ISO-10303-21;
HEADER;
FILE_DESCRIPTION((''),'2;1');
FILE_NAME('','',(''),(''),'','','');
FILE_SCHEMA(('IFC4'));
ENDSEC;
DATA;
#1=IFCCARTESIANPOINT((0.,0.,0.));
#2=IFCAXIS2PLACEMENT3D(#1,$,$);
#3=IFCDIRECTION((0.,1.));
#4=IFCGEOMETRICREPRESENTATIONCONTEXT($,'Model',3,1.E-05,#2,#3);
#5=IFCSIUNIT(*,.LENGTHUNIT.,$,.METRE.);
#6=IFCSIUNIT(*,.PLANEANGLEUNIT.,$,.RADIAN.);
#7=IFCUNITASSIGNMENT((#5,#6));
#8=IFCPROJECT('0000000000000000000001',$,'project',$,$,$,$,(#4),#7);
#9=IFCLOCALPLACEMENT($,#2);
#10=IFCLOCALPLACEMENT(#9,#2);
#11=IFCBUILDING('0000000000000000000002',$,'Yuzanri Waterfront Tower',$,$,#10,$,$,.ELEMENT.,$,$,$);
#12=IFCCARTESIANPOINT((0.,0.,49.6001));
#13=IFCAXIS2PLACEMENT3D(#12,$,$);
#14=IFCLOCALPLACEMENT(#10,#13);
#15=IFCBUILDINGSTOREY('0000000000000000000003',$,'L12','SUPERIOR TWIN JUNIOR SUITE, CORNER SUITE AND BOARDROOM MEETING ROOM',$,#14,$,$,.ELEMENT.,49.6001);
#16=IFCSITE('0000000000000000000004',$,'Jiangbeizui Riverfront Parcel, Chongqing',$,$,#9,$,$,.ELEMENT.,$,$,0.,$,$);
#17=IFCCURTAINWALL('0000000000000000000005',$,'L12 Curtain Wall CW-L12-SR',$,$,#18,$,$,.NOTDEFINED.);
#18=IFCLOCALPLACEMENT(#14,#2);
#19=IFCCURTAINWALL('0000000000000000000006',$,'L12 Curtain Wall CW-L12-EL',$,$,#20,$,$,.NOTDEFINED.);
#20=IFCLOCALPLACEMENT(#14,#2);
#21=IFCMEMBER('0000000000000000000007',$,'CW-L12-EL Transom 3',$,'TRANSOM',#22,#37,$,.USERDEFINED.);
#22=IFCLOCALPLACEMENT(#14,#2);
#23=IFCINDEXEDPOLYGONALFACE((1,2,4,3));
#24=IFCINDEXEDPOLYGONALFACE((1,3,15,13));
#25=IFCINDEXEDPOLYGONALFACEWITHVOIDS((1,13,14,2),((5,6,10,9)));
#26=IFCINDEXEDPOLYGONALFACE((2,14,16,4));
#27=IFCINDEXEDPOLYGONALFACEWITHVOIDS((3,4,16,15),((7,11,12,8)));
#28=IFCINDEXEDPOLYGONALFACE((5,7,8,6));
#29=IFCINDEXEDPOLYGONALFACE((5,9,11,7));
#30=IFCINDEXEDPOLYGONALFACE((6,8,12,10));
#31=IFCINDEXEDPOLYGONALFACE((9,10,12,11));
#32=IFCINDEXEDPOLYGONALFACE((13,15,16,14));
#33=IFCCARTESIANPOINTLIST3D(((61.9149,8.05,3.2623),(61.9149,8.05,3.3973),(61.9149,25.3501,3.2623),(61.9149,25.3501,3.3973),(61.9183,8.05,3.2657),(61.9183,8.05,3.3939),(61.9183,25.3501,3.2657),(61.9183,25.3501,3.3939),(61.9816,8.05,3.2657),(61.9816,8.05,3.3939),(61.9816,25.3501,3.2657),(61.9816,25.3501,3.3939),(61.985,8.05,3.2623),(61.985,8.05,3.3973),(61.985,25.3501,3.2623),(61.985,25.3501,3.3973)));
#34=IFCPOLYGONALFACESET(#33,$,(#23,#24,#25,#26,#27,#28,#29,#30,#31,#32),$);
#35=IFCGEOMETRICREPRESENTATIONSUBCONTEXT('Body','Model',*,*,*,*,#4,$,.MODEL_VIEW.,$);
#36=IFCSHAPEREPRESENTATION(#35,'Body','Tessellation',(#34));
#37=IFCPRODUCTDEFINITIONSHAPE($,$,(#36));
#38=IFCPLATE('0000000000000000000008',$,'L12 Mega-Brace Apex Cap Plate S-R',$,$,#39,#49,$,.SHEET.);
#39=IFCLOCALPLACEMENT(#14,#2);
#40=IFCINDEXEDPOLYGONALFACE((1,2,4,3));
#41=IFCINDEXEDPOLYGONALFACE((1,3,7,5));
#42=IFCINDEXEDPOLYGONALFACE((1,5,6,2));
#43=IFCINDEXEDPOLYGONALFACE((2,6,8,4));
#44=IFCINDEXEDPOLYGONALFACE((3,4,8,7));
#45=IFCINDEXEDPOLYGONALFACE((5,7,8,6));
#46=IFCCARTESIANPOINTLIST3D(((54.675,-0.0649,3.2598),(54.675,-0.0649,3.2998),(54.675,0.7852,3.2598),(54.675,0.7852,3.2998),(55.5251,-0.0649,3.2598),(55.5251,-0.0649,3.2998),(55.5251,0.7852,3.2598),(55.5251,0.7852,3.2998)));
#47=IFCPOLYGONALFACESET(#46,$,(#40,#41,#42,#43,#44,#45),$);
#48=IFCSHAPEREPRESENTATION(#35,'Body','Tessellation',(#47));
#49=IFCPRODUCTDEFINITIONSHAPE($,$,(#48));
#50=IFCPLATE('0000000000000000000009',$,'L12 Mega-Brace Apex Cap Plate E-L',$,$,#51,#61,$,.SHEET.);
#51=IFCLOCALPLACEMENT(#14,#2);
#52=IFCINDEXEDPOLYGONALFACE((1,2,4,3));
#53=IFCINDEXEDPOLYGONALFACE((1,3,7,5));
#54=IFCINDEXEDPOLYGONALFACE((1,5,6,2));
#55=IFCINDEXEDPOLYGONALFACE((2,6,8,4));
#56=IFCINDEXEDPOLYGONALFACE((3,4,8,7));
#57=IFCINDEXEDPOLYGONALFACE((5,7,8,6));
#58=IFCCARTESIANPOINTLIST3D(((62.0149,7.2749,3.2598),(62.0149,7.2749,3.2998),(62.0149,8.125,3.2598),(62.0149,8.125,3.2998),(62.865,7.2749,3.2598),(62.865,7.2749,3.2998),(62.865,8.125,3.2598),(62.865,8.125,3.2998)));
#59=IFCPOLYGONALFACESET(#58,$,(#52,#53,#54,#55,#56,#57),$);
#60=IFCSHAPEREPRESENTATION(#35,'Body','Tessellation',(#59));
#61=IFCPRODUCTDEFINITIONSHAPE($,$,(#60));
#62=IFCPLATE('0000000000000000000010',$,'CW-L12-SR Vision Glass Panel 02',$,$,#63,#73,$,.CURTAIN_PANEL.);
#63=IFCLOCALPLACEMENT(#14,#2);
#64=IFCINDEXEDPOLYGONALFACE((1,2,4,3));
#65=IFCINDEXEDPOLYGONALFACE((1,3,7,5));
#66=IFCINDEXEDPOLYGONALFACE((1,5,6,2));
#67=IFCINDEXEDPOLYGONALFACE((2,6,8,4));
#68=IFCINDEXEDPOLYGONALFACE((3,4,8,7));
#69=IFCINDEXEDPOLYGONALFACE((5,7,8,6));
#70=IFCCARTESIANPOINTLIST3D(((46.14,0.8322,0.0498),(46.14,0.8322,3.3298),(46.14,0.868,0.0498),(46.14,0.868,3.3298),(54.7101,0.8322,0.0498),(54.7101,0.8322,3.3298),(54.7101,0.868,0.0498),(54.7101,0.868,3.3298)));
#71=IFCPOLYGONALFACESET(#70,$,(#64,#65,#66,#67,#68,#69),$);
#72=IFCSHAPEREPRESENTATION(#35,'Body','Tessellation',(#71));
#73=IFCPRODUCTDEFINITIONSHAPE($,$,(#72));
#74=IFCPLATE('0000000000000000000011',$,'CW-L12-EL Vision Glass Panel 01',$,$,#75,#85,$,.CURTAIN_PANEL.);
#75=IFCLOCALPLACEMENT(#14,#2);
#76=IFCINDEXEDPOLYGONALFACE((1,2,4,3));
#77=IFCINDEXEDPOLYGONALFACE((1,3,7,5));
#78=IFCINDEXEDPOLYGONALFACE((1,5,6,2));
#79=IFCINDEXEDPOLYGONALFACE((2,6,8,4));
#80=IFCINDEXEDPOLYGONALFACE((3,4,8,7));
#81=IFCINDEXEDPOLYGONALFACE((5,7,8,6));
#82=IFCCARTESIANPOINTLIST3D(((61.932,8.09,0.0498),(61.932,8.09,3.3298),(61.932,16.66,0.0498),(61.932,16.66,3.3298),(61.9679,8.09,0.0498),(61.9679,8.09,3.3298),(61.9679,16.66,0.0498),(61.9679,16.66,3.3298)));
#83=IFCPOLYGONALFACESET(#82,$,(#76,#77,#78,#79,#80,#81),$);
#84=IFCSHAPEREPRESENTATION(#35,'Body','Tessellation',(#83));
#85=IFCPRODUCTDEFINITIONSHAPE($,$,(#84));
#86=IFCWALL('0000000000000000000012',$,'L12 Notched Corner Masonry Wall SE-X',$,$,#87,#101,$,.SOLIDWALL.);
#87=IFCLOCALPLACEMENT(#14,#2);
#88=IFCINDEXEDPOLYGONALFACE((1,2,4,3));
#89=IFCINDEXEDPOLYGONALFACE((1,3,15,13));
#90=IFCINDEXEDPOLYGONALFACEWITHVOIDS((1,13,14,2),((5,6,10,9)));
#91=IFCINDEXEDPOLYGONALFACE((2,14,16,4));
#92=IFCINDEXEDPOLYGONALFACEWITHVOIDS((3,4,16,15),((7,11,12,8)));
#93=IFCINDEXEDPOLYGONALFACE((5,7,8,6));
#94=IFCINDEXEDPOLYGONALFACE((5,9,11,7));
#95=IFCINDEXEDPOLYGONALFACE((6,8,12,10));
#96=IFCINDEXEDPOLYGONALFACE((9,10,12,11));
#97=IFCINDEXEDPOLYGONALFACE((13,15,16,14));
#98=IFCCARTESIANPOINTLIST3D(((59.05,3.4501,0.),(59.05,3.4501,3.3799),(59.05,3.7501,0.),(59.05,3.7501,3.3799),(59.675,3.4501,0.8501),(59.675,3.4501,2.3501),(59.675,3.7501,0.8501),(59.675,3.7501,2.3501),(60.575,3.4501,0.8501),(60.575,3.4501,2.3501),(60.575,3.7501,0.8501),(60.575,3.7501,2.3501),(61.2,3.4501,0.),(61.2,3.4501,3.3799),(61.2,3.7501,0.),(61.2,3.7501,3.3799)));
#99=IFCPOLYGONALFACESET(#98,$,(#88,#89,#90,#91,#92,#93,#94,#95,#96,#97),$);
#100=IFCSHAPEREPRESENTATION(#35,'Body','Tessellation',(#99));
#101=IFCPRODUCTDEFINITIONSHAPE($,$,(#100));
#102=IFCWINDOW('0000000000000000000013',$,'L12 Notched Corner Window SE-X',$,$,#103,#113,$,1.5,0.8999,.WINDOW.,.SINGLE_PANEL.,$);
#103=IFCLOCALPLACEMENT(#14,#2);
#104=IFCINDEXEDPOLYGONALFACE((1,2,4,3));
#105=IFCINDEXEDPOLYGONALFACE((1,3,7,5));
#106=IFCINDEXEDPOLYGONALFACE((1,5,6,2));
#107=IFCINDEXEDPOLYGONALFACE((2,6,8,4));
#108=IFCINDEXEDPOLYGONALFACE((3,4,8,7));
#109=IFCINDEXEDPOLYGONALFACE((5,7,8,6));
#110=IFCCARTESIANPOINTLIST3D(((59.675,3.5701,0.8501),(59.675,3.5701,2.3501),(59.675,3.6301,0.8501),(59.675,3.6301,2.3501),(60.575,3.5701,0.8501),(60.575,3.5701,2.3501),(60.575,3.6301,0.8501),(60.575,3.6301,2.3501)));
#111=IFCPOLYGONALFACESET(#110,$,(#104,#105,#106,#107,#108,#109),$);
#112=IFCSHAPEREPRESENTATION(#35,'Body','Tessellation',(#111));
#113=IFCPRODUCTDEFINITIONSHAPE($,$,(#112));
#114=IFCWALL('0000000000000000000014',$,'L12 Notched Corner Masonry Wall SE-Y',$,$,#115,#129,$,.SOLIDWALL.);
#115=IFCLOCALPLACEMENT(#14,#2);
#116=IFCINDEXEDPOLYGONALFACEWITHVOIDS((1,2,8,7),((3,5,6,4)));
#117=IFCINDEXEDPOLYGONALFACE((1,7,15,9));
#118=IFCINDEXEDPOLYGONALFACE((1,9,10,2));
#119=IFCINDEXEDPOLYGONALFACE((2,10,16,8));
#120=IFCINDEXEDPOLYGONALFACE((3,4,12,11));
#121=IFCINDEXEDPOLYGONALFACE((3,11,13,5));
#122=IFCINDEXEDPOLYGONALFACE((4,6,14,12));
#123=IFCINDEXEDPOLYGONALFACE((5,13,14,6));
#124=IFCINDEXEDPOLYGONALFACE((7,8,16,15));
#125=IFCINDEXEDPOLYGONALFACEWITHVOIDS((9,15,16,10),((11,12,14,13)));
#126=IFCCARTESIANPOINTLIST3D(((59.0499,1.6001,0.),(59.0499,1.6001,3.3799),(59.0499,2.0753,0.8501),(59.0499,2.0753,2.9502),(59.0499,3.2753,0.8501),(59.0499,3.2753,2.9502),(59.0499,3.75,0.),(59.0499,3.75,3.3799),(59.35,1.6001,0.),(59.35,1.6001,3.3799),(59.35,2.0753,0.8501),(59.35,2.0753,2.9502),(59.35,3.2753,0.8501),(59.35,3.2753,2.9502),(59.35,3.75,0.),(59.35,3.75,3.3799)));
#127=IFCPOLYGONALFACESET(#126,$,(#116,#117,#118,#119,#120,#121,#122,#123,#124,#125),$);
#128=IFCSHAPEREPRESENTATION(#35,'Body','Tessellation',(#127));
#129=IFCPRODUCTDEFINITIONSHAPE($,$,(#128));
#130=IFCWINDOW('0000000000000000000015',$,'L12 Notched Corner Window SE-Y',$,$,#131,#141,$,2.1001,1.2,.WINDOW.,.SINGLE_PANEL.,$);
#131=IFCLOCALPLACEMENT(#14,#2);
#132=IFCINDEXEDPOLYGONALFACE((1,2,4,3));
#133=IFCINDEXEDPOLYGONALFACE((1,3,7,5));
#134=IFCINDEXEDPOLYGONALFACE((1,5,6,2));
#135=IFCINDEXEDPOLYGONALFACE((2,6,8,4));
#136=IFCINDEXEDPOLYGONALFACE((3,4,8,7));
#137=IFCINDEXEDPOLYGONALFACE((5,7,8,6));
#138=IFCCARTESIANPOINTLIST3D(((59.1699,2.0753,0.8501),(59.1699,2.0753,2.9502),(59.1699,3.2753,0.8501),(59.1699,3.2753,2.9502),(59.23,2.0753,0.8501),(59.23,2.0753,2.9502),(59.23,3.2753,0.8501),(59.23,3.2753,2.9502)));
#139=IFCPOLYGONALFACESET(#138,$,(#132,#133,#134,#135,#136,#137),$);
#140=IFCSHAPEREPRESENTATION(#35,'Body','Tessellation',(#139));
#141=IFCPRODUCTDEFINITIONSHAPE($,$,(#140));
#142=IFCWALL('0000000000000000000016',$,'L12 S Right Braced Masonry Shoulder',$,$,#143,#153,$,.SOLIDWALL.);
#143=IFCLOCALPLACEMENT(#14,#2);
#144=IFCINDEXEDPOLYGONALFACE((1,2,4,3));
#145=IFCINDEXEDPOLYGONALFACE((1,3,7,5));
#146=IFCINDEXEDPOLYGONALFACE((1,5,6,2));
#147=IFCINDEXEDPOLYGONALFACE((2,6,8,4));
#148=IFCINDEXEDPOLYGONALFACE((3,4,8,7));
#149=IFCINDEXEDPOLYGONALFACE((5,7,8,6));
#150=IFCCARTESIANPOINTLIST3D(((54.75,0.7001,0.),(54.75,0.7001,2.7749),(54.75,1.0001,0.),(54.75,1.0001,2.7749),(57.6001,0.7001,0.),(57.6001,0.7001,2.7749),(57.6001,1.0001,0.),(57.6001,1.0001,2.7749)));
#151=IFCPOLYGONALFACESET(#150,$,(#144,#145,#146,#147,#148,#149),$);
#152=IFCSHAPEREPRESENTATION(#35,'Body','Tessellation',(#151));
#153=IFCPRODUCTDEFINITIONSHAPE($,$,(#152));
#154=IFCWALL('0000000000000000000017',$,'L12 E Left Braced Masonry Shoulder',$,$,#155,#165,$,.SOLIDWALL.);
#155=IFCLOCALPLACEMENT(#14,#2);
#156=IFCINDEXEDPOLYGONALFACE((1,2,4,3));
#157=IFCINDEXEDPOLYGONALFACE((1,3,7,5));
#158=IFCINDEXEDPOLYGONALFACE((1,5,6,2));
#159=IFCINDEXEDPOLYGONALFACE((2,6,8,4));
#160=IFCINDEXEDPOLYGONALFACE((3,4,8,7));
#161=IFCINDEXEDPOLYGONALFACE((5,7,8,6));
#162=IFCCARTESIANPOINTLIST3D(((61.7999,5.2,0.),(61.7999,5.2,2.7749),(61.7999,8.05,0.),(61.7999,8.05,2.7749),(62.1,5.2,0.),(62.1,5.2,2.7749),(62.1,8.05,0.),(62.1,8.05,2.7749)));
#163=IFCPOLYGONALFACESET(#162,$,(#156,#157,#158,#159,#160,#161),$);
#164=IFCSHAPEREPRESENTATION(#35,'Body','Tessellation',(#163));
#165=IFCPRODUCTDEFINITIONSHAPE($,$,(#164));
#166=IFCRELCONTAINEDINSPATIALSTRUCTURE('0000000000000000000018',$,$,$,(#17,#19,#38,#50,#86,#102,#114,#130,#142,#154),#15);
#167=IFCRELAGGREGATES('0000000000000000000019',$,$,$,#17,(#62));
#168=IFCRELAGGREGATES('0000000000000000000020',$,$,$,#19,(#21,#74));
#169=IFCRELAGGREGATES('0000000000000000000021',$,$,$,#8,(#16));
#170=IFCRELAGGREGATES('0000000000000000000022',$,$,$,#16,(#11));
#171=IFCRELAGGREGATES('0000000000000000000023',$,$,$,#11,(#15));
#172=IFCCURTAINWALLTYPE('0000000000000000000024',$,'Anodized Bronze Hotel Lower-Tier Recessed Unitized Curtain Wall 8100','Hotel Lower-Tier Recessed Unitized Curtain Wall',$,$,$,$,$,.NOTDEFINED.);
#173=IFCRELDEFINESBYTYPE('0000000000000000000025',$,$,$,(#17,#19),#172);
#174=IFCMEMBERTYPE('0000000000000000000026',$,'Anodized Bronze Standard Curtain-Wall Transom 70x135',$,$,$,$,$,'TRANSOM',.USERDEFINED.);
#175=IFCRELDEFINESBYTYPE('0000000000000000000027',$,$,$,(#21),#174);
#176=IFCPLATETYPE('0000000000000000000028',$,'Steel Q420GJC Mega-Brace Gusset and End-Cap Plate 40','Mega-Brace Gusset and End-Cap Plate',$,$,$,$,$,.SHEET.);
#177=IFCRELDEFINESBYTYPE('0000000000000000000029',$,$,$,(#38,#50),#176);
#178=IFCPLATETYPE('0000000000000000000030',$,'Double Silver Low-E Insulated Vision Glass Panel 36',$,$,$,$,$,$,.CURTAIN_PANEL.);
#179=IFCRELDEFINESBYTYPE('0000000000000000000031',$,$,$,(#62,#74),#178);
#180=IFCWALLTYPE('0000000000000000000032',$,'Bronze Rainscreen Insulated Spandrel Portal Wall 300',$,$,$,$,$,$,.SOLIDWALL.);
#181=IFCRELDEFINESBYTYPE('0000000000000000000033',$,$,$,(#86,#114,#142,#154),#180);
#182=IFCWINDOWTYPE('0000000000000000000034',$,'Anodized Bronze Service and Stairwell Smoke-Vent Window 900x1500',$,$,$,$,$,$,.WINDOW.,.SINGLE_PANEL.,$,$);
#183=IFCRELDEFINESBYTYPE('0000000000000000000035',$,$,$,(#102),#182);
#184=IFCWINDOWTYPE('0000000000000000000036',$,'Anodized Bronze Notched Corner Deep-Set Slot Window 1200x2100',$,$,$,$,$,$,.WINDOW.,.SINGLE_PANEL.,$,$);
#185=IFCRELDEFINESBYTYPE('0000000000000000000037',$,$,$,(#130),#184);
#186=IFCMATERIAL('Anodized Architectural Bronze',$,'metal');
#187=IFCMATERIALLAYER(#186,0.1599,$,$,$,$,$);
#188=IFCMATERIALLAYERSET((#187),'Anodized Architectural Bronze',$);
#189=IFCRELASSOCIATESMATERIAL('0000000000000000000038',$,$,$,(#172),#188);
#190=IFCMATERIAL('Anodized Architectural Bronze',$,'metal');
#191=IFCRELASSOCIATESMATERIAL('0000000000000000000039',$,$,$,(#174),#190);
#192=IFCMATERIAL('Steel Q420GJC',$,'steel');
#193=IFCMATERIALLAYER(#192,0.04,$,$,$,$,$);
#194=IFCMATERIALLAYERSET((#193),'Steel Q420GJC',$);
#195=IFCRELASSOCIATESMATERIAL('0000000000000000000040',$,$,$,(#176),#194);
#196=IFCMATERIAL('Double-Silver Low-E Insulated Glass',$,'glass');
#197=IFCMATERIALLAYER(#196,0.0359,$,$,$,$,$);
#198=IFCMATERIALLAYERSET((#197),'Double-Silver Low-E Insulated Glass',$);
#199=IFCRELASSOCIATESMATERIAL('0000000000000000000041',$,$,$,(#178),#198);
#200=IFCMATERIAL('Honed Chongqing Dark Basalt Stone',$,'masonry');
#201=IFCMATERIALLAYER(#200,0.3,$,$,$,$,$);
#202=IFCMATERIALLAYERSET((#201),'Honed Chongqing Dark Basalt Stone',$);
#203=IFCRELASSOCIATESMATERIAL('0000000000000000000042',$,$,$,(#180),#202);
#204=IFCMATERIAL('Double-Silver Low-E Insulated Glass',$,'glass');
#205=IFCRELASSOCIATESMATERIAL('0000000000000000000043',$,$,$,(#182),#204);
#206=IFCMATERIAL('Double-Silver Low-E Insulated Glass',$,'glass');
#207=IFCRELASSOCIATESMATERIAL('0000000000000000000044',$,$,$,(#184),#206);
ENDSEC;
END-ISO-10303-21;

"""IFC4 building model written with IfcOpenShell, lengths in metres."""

from ifc_helpers import new_model, si_unit, direction, frame, frame_2d, origin, origin_2d, place, context, subcontext, project, spatial, rectangle, hollow_rectangle, extrude, source, transform, mapped, material, layer, layer_set, material_profile, profile_set, type_object, element, fill, aggregate, save


model = new_model("IFC4")

# Units and contexts
model_context = context("Model", 3, precision=1e-05, world=origin(), true_north=direction((0.0, 1.0)))
body_context = subcontext(model_context, "Body", "Model", "MODEL_VIEW")
ifc_project = project(units=[si_unit("LENGTHUNIT", "METRE"), si_unit("PLANEANGLEUNIT", "RADIAN")], contexts=[model_context])

# Site, building, storey
site_placement = place(None, origin())
site = spatial("IfcSite", under=ifc_project, at=site_placement, Name="Jiangbeizui Riverfront Parcel, Chongqing", CompositionType="ELEMENT", RefElevation=0.0)
building_placement = place(site_placement, origin())
building = spatial("IfcBuilding", under=site, at=building_placement, Name="Yuzanri Waterfront Tower", CompositionType="ELEMENT")
storey_placement = place(building_placement, frame((0.0, 0.0, 49.6001)))
storey = spatial("IfcBuildingStorey", under=building, at=storey_placement, Name="L12", Description="SUPERIOR TWIN JUNIOR SUITE, CORNER SUITE AND BOARDROOM MEETING ROOM", CompositionType="ELEMENT", Elevation=49.6001)

# Curtain walls, member
ifc_material_1 = material(Name="Anodized Architectural Bronze", Category="metal")
ifc_layer_1 = layer(ifc_material_1, 0.1599)
ifc_layer_set_1 = layer_set([ifc_layer_1], Name="Anodized Architectural Bronze")
curtain_wall_type = type_object("IfcCurtainWallType", Name="Anodized Bronze Hotel Lower-Tier Recessed Unitized Curtain Wall 8100", Description="Hotel Lower-Tier Recessed Unitized Curtain Wall", PredefinedType="NOTDEFINED", material=ifc_layer_set_1)
curtain_wall_1_placement = place(storey_placement, origin())
curtain_wall_1 = element("IfcCurtainWall", 1, at=curtain_wall_1_placement, inside=storey, type_object=curtain_wall_type, Name="L12 Curtain Wall CW-L12-SR", PredefinedType="NOTDEFINED")
curtain_wall_2_placement = place(storey_placement, origin())
curtain_wall_2 = element("IfcCurtainWall", 2, at=curtain_wall_2_placement, inside=storey, type_object=curtain_wall_type, Name="L12 Curtain Wall CW-L12-EL", PredefinedType="NOTDEFINED")
ifc_material_2 = material(Name="Anodized Architectural Bronze", Category="metal")
ifc_material_profile_1 = material_profile(ifc_material_2, hollow_rectangle(XDim=0.0701, YDim=0.135, WallThickness=0.0034, at=origin_2d()), Name="CWT 70x135")
ifc_profile_set_1 = profile_set([ifc_material_profile_1], Name="Anodized Architectural Bronze")
member_type_1 = type_object("IfcMemberType", Name="Anodized Bronze Standard Curtain-Wall Transom 70x135", ElementType="TRANSOM", PredefinedType="USERDEFINED", material=ifc_profile_set_1)
shared_shape_1 = source(origin(), body_context, "Body", "SweptSolid", [
    extrude(hollow_rectangle(XDim=0.0701, YDim=0.135, WallThickness=0.0034, at=origin_2d()), origin(), (0.0, 0.0, 1.0), 17.3),
])
member_1_placement = place(storey_placement, frame((61.95, 8.05, 3.3298), z_axis=(0.0, 1.0, 0.0), x_axis=(-1.0, 0.0, 0.0)))
member_1 = element("IfcMember", 3, at=member_1_placement, type_object=member_type_1, Name="CW-L12-EL Transom 3", ObjectType="TRANSOM", PredefinedType="USERDEFINED", context=body_context, shape_type="MappedRepresentation", body=[
    mapped(shared_shape_1, transform((0.0, 0.0, 0.0), scale=1.0)),
])

# Plates
ifc_material_3 = material(Name="Steel Q420GJC", Category="steel")
ifc_layer_2 = layer(ifc_material_3, 0.04)
ifc_layer_set_2 = layer_set([ifc_layer_2], Name="Steel Q420GJC")
plate_type_1 = type_object("IfcPlateType", Name="Steel Q420GJC Mega-Brace Gusset and End-Cap Plate 40", Description="Mega-Brace Gusset and End-Cap Plate", PredefinedType="SHEET", material=ifc_layer_set_2)
shared_shape_2 = source(origin(), body_context, "Body", "SweptSolid", [
    extrude(rectangle(XDim=0.8501, YDim=0.8501, at=origin_2d()), origin(), (0.0, 0.0, 1.0), 0.04),
])
for number, where, z_axis, x_axis, name in (
    (4, (55.1001, 0.3601, 3.2598), (0.0, 0.0, 1.0), (1.0, 0.0, 0.0), "L12 Mega-Brace Apex Cap Plate S-R"),
    (5, (62.4399, 7.7, 3.2598), (0.0, 0.0, 1.0), (1.0, 0.0, 0.0), "L12 Mega-Brace Apex Cap Plate E-L"),
):
    element("IfcPlate", number, at=place(storey_placement, frame(where, z_axis=z_axis, x_axis=x_axis)), inside=storey, type_object=plate_type_1, Name=name, PredefinedType="SHEET", context=body_context, shape_type="MappedRepresentation", body=[
        mapped(shared_shape_2, transform((0.0, 0.0, 0.0), scale=1.0)),
    ])

# Plates
ifc_material_4 = material(Name="Double-Silver Low-E Insulated Glass", Category="glass")
ifc_layer_3 = layer(ifc_material_4, 0.0359)
ifc_layer_set_3 = layer_set([ifc_layer_3], Name="Double-Silver Low-E Insulated Glass")
plate_type_2 = type_object("IfcPlateType", Name="Double Silver Low-E Insulated Vision Glass Panel 36", PredefinedType="CURTAIN_PANEL", material=ifc_layer_set_3)
shared_shape_3 = source(origin(), body_context, "Body", "SweptSolid", [
    extrude(rectangle(XDim=8.5701, YDim=0.0359, at=origin_2d()), origin(), (0.0, 0.0, 1.0), 3.28),
])
plate_1_placement = place(storey_placement, frame((50.425, 0.8501, 0.0498), z_axis=(0.0, 0.0, 1.0), x_axis=(1.0, 0.0, 0.0)))
plate_1 = element("IfcPlate", 6, at=plate_1_placement, type_object=plate_type_2, Name="CW-L12-SR Vision Glass Panel 02", PredefinedType="CURTAIN_PANEL", context=body_context, shape_type="MappedRepresentation", body=[
    mapped(shared_shape_3, transform((0.0, 0.0, 0.0), scale=1.0)),
])
aggregate(curtain_wall_1, [plate_1])
plate_2_placement = place(storey_placement, frame((61.95, 12.375, 0.0498), z_axis=(0.0, 0.0, 1.0), x_axis=(0.0, 1.0, 0.0)))
plate_2 = element("IfcPlate", 7, at=plate_2_placement, type_object=plate_type_2, Name="CW-L12-EL Vision Glass Panel 01", PredefinedType="CURTAIN_PANEL", context=body_context, shape_type="MappedRepresentation", body=[
    mapped(shared_shape_3, transform((0.0, 0.0, 0.0), scale=1.0)),
])
aggregate(curtain_wall_2, [member_1, plate_2])

# Walls, openings, windows
ifc_material_5 = material(Name="Honed Chongqing Dark Basalt Stone", Category="masonry")
ifc_layer_4 = layer(ifc_material_5, 0.3)
ifc_layer_set_4 = layer_set([ifc_layer_4], Name="Honed Chongqing Dark Basalt Stone")
wall_type_1 = type_object("IfcWallType", Name="Bronze Rainscreen Insulated Spandrel Portal Wall 300", PredefinedType="SOLIDWALL", material=ifc_layer_set_4)
wall_1_placement = place(storey_placement, frame((59.05, 3.6001, 0.0), z_axis=(0.0, 0.0, 1.0), x_axis=(1.0, 0.0, 0.0)))
wall_1 = element("IfcWall", 8, at=wall_1_placement, inside=storey, type_object=wall_type_1, Name="L12 Notched Corner Masonry Wall SE-X", PredefinedType="SOLIDWALL", context=body_context, shape_type="SweptSolid", body=[
    extrude(rectangle(XDim=2.1499, YDim=0.3, at=frame_2d((1.075, 0.0))), origin(), (0.0, 0.0, 1.0), 3.3799),
])
opening_1_placement = place(wall_1_placement, frame((0.625, 0.0, 0.8501)))
opening_1 = element("IfcOpeningElement", 9, at=opening_1_placement, cuts=wall_1, PredefinedType="OPENING", context=body_context, shape_type="SweptSolid", body=[
    extrude(rectangle(XDim=0.8999, YDim=1.5, at=frame_2d((0.45, 0.75))), frame((0.0, 0.165, 0.0), z_axis=(0.0, -1.0, 0.0), x_axis=(1.0, 0.0, 0.0)), (0.0, 0.0, 1.0), 0.3298),
])
ifc_material_6 = material(Name="Double-Silver Low-E Insulated Glass", Category="glass")
window_type_1 = type_object("IfcWindowType", Name="Anodized Bronze Service and Stairwell Smoke-Vent Window 900x1500", PartitioningType="SINGLE_PANEL", PredefinedType="WINDOW", material=ifc_material_6)
shared_shape_4 = source(origin(), body_context, "Body", "SweptSolid", [
    extrude(rectangle(XDim=0.8999, YDim=1.5, at=frame_2d((0.45, 0.75))), frame((0.0, 0.03, 0.0), z_axis=(0.0, -1.0, 0.0), x_axis=(1.0, 0.0, 0.0)), (0.0, 0.0, 1.0), 0.0601),
])
window_1_placement = place(opening_1_placement, origin())
window_1 = element("IfcWindow", 10, at=window_1_placement, inside=storey, type_object=window_type_1, Name="L12 Notched Corner Window SE-X", OverallHeight=1.5, OverallWidth=0.8999, PartitioningType="SINGLE_PANEL", PredefinedType="WINDOW", context=body_context, shape_type="MappedRepresentation", body=[
    mapped(shared_shape_4, transform((0.0, 0.0, 0.0), scale=1.0)),
])
fill(opening_1, window_1)
wall_2_placement = place(storey_placement, frame((59.2, 1.6001, 0.0), z_axis=(0.0, 0.0, 1.0), x_axis=(0.0, 1.0, 0.0)))
wall_2 = element("IfcWall", 11, at=wall_2_placement, inside=storey, type_object=wall_type_1, Name="L12 Notched Corner Masonry Wall SE-Y", PredefinedType="SOLIDWALL", context=body_context, shape_type="SweptSolid", body=[
    extrude(rectangle(XDim=2.1499, YDim=0.3, at=frame_2d((1.075, 0.0))), origin(), (0.0, 0.0, 1.0), 3.3799),
])
opening_2_placement = place(wall_2_placement, frame((0.4751, 0.0, 0.8501)))
opening_2 = element("IfcOpeningElement", 12, at=opening_2_placement, cuts=wall_2, PredefinedType="OPENING", context=body_context, shape_type="SweptSolid", body=[
    extrude(rectangle(XDim=1.2, YDim=2.1001, at=frame_2d((0.6001, 1.05))), frame((0.0, 0.165, 0.0), z_axis=(0.0, -1.0, 0.0), x_axis=(1.0, 0.0, 0.0)), (0.0, 0.0, 1.0), 0.3298),
])
ifc_material_7 = material(Name="Double-Silver Low-E Insulated Glass", Category="glass")
window_type_2 = type_object("IfcWindowType", Name="Anodized Bronze Notched Corner Deep-Set Slot Window 1200x2100", PartitioningType="SINGLE_PANEL", PredefinedType="WINDOW", material=ifc_material_7)
shared_shape_5 = source(origin(), body_context, "Body", "SweptSolid", [
    extrude(rectangle(XDim=1.2, YDim=2.1001, at=frame_2d((0.6001, 1.05))), frame((0.0, 0.03, 0.0), z_axis=(0.0, -1.0, 0.0), x_axis=(1.0, 0.0, 0.0)), (0.0, 0.0, 1.0), 0.0601),
])
window_2_placement = place(opening_2_placement, origin())
window_2 = element("IfcWindow", 13, at=window_2_placement, inside=storey, type_object=window_type_2, Name="L12 Notched Corner Window SE-Y", OverallHeight=2.1001, OverallWidth=1.2, PartitioningType="SINGLE_PANEL", PredefinedType="WINDOW", context=body_context, shape_type="MappedRepresentation", body=[
    mapped(shared_shape_5, transform((0.0, 0.0, 0.0), scale=1.0)),
])
fill(opening_2, window_2)

# Walls
shared_shape_6 = source(origin(), body_context, "Body", "SweptSolid", [
    extrude(rectangle(XDim=2.8501, YDim=0.3, at=frame_2d((1.425, 0.0))), origin(), (0.0, 0.0, 1.0), 2.7749),
])
for number, where, z_axis, x_axis, name in (
    (14, (54.75, 0.8501, 0.0), (0.0, 0.0, 1.0), (1.0, 0.0, 0.0), "L12 S Right Braced Masonry Shoulder"),
    (15, (61.95, 5.2, 0.0), (0.0, 0.0, 1.0), (0.0, 1.0, 0.0), "L12 E Left Braced Masonry Shoulder"),
):
    element("IfcWall", number, at=place(storey_placement, frame(where, z_axis=z_axis, x_axis=x_axis)), inside=storey, type_object=wall_type_1, Name=name, PredefinedType="SOLIDWALL", context=body_context, shape_type="MappedRepresentation", body=[
        mapped(shared_shape_6, transform((0.0, 0.0, 0.0), scale=1.0)),
    ])

save(model, "model.ifc")
